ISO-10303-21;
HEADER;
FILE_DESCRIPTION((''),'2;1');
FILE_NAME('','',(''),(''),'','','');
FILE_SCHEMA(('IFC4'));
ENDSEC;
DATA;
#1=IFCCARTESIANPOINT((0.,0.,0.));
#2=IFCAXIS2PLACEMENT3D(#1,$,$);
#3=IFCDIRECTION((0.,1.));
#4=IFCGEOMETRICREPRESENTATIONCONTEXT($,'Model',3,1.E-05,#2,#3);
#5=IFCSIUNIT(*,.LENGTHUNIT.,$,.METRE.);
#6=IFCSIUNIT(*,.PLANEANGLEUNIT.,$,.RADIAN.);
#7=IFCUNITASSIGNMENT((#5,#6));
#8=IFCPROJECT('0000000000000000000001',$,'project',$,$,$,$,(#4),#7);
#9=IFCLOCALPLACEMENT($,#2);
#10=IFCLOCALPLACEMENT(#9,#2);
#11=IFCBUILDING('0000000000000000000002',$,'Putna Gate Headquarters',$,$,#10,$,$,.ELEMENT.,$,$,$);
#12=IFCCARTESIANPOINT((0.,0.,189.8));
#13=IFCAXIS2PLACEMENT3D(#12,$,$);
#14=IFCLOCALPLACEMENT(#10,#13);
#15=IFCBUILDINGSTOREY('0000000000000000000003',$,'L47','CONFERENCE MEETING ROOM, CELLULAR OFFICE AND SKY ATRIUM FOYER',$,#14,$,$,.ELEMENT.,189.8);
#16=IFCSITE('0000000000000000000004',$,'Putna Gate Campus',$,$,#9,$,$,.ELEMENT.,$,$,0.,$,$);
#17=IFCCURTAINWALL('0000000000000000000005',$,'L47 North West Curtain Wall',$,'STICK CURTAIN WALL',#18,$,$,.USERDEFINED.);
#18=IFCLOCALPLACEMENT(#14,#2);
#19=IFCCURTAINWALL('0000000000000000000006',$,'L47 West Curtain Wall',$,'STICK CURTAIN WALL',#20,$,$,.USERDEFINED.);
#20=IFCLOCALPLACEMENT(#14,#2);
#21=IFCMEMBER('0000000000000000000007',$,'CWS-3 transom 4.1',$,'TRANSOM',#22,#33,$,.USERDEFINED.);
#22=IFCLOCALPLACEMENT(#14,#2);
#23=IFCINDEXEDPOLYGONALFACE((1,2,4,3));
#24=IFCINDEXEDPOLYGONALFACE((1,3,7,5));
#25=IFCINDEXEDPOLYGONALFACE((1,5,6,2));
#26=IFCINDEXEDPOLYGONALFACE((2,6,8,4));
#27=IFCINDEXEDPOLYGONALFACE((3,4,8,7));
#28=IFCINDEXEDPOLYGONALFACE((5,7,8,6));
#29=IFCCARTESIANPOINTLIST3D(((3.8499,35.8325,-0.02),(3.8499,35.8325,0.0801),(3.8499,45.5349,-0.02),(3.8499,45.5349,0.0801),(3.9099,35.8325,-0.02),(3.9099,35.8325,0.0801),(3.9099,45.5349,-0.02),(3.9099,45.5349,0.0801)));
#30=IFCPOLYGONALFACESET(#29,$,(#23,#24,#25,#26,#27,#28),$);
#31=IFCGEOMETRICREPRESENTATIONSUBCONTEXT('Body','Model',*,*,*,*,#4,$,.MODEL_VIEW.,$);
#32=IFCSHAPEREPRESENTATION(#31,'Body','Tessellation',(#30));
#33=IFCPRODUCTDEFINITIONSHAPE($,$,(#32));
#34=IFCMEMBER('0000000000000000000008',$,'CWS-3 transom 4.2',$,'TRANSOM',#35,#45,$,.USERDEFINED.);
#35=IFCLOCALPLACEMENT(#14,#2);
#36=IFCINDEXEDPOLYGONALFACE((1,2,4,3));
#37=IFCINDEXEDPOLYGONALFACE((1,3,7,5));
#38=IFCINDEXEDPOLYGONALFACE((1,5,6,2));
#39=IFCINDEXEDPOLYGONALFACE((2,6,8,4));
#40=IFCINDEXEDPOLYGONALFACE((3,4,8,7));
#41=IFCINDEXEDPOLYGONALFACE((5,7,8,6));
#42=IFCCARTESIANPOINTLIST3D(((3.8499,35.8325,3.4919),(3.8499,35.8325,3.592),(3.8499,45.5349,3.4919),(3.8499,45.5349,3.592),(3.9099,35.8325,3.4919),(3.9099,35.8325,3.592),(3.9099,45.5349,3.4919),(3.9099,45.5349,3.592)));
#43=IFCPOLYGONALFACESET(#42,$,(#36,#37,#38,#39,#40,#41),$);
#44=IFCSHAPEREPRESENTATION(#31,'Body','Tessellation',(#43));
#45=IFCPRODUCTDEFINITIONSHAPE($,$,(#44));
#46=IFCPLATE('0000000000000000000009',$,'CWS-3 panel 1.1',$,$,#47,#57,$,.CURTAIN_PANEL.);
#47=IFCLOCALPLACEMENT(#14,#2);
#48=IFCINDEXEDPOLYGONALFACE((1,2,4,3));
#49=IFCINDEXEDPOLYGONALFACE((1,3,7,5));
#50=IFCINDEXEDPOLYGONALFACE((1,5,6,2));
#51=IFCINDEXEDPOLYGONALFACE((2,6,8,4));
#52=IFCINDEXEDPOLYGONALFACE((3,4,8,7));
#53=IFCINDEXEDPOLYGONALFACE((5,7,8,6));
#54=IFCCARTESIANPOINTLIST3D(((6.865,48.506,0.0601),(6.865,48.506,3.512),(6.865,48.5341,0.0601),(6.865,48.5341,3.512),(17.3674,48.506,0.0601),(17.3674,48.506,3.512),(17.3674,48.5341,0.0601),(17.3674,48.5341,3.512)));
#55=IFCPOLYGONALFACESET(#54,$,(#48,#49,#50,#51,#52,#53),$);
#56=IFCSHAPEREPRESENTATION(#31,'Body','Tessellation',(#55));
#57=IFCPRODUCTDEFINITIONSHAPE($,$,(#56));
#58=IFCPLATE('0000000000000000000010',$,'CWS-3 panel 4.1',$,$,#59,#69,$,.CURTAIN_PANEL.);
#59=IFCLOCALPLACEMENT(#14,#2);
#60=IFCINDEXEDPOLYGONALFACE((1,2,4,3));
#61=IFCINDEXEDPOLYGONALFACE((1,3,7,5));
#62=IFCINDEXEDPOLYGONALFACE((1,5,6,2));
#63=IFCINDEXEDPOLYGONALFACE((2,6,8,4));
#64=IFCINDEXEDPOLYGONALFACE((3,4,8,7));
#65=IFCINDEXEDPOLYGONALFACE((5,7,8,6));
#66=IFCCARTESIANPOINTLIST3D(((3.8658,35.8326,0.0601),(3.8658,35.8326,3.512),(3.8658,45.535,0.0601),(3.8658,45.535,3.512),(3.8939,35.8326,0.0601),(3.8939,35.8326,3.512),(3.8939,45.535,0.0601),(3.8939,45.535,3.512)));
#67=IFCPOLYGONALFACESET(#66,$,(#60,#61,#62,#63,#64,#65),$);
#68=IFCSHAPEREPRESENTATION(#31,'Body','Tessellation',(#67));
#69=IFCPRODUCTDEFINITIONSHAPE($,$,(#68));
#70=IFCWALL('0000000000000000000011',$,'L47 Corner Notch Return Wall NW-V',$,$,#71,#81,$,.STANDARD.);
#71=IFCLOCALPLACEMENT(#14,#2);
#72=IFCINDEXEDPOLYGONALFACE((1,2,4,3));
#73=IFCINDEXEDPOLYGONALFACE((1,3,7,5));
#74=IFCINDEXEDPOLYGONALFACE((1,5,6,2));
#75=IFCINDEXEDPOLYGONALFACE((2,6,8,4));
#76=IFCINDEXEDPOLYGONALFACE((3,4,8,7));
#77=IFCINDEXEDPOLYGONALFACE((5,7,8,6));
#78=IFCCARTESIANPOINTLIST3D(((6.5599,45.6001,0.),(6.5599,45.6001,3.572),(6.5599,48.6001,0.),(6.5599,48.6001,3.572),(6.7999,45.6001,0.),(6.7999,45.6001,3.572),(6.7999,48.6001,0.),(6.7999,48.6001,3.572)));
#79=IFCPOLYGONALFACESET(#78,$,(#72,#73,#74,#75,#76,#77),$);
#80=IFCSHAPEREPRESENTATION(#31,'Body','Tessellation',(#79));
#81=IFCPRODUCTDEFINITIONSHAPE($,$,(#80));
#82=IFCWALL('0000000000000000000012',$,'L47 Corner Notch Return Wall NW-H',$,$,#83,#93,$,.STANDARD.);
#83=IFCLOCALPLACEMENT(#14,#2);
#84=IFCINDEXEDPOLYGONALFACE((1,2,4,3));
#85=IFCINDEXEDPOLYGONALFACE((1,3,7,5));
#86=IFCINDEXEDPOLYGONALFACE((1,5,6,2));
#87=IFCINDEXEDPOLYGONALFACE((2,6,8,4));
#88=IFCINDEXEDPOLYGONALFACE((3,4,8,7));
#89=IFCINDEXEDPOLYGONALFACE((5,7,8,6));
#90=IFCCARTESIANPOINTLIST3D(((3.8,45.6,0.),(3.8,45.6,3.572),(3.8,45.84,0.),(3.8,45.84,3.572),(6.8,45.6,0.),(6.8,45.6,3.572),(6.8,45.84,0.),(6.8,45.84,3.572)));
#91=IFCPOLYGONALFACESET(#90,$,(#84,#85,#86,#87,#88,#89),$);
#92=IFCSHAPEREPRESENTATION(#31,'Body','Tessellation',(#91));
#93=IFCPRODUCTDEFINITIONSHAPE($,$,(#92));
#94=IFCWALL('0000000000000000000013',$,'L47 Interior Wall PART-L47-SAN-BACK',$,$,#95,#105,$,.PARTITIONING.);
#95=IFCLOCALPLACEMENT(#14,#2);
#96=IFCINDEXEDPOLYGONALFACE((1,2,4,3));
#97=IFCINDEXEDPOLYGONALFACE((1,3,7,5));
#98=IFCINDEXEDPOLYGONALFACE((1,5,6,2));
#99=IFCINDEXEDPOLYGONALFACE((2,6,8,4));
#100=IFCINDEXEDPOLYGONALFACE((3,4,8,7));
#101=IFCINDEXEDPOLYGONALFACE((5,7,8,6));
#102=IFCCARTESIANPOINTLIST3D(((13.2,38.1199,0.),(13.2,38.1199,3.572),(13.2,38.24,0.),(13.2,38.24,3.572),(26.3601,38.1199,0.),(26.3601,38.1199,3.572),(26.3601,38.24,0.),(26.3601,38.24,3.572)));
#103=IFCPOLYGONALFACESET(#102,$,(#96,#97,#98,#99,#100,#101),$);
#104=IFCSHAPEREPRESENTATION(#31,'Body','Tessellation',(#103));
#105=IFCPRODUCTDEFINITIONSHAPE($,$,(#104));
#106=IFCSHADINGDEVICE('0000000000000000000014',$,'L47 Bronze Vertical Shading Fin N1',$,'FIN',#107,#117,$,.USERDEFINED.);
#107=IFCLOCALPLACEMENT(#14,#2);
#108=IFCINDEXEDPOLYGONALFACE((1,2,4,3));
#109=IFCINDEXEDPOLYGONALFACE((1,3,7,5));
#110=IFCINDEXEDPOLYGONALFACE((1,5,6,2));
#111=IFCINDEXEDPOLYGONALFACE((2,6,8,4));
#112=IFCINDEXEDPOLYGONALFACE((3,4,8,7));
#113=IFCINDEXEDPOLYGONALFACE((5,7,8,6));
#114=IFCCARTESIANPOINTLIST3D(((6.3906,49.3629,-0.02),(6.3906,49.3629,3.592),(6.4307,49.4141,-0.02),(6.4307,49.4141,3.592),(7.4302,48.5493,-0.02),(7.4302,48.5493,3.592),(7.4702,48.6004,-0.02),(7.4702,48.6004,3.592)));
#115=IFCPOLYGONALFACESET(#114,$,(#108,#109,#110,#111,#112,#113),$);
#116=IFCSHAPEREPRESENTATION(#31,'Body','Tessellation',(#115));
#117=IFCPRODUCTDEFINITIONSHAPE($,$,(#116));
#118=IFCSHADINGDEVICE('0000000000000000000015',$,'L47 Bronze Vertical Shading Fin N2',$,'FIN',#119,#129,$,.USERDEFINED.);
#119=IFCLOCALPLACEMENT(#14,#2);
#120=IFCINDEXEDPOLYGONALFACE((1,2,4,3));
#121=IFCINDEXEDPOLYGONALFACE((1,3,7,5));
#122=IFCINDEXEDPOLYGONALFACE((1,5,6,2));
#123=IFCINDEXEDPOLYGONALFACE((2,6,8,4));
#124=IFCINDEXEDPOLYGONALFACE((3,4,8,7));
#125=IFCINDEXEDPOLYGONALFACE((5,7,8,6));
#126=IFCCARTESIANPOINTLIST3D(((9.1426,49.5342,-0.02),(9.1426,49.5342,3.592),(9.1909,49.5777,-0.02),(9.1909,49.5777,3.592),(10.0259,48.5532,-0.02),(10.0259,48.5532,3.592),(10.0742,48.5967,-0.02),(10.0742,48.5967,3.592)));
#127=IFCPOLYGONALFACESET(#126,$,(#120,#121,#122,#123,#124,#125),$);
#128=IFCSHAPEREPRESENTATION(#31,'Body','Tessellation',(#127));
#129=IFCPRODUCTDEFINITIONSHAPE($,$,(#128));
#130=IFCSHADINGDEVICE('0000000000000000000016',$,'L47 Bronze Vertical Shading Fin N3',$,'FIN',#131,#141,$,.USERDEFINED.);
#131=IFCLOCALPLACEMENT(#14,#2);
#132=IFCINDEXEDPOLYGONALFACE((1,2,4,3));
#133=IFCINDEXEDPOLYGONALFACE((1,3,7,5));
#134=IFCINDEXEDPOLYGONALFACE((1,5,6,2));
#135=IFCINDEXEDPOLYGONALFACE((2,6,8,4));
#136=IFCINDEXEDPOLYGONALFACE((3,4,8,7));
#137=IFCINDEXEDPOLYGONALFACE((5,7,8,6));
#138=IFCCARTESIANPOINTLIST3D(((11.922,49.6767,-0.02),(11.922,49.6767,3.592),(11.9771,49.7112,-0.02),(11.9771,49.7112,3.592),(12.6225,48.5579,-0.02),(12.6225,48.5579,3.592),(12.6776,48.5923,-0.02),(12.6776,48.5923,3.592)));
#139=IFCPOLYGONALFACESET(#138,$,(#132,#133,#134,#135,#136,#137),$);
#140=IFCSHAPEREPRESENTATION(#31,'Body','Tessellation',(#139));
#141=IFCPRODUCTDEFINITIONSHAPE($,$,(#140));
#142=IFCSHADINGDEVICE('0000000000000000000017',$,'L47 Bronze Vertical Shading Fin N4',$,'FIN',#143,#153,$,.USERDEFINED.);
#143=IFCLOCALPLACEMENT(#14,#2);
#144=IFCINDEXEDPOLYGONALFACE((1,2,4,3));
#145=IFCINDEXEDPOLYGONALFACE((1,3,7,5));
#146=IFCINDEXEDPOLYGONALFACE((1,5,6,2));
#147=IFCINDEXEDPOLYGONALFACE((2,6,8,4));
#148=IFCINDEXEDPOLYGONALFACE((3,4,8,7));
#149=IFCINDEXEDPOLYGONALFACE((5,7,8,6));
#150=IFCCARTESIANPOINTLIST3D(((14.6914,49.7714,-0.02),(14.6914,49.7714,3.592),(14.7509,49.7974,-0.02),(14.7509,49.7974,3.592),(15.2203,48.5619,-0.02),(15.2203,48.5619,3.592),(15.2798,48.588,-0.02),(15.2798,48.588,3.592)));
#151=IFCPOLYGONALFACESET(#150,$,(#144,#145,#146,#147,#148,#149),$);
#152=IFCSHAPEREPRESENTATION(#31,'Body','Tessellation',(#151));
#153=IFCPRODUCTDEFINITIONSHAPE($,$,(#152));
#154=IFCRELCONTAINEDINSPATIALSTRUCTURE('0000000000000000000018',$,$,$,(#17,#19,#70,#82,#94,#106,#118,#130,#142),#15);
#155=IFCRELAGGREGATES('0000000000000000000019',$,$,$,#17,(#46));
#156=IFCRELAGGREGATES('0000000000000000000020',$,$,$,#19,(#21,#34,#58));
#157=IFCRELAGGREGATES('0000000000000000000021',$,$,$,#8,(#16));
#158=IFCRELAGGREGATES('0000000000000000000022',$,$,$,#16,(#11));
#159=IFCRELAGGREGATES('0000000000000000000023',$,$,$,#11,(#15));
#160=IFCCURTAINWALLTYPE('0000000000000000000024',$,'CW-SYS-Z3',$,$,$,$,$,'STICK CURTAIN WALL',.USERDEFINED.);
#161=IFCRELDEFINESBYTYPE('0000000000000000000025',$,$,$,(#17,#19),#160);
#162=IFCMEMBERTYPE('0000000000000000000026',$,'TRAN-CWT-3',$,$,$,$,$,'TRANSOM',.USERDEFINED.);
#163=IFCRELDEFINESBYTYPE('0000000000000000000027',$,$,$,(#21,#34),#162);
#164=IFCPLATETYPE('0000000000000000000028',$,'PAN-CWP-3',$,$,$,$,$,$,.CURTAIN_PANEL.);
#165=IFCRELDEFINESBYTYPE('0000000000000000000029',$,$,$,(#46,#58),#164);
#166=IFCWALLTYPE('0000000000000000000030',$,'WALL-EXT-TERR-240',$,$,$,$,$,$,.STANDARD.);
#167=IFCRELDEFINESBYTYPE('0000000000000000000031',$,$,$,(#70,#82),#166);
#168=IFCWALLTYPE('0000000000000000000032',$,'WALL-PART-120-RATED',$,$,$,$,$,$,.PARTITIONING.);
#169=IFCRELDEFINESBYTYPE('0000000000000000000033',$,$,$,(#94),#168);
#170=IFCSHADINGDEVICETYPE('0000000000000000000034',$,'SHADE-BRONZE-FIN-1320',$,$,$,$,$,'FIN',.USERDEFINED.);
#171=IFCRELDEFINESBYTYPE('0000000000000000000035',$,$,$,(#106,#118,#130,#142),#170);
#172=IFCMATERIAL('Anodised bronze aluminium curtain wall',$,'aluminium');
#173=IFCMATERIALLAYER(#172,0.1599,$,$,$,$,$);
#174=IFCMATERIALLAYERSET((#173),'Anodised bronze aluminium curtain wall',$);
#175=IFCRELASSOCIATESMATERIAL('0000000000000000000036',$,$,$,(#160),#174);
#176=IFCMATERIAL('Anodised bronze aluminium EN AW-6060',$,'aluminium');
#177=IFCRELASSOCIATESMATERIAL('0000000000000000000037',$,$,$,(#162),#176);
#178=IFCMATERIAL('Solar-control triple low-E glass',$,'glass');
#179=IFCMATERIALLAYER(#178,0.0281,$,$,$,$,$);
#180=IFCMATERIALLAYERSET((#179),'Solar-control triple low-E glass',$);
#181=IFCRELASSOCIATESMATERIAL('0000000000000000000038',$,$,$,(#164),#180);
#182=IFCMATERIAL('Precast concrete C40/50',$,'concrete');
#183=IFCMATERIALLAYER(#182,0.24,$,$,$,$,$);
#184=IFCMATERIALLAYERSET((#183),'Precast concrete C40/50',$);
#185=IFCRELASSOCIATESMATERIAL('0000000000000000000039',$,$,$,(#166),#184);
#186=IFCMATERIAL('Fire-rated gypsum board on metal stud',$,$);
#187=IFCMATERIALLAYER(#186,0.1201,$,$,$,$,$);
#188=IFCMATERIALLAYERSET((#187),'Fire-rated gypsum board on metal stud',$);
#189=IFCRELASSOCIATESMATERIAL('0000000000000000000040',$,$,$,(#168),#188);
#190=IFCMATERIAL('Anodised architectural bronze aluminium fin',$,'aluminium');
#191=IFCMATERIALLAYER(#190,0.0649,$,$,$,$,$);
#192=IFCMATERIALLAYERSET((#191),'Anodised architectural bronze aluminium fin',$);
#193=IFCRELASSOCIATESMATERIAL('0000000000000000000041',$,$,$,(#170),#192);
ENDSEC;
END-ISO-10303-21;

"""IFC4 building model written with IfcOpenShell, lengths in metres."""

from ifc_helpers import new_model, si_unit, direction, frame, frame_2d, origin, origin_2d, place, context, subcontext, project, spatial, rectangle, extrude, material, layer, layer_set, material_profile, profile_set, type_object, element, aggregate, save


model = new_model("IFC4")

# Units and contexts
model_context = context("Model", 3, precision=1e-05, world=origin(), true_north=direction((0.0, 1.0)))
body_context = subcontext(model_context, "Body", "Model", "MODEL_VIEW")
ifc_project = project(units=[si_unit("LENGTHUNIT", "METRE"), si_unit("PLANEANGLEUNIT", "RADIAN")], contexts=[model_context])

# Site, building, storey
site_placement = place(None, origin())
site = spatial("IfcSite", under=ifc_project, at=site_placement, Name="Putna Gate Campus", CompositionType="ELEMENT", RefElevation=0.0)
building_placement = place(site_placement, origin())
building = spatial("IfcBuilding", under=site, at=building_placement, Name="Putna Gate Headquarters", CompositionType="ELEMENT")
storey_placement = place(building_placement, frame((0.0, 0.0, 189.8)))
storey = spatial("IfcBuildingStorey", under=building, at=storey_placement, Name="L47", Description="CONFERENCE MEETING ROOM, CELLULAR OFFICE AND SKY ATRIUM FOYER", CompositionType="ELEMENT", Elevation=189.8)

# Curtain wall
ifc_material_1 = material(Name="Anodised bronze aluminium curtain wall", Category="aluminium")
ifc_layer_1 = layer(ifc_material_1, 0.1599)
ifc_layer_set_1 = layer_set([ifc_layer_1], Name="Anodised bronze aluminium curtain wall")
curtain_wall_type = type_object("IfcCurtainWallType", Name="CW-SYS-Z3", ElementType="STICK CURTAIN WALL", PredefinedType="USERDEFINED", material=ifc_layer_set_1)
curtain_wall_1_placement = place(storey_placement, origin())
curtain_wall_1 = element("IfcCurtainWall", 1, at=curtain_wall_1_placement, inside=storey, type_object=curtain_wall_type, Name="L47 North West Curtain Wall", ObjectType="STICK CURTAIN WALL", PredefinedType="USERDEFINED")
ifc_material_2 = material(Name="Anodised bronze aluminium EN AW-6060", Category="aluminium")

# Curtain wall
curtain_wall_2_placement = place(storey_placement, origin())
curtain_wall_2 = element("IfcCurtainWall", 2, at=curtain_wall_2_placement, inside=storey, type_object=curtain_wall_type, Name="L47 West Curtain Wall", ObjectType="STICK CURTAIN WALL", PredefinedType="USERDEFINED")

# Members
ifc_material_profile_1 = material_profile(ifc_material_2, rectangle(XDim=0.0601, YDim=0.1001, at=origin_2d()), Name="Anodised bronze aluminium EN AW-6060")
ifc_profile_set_1 = profile_set([ifc_material_profile_1], Name="Anodised bronze aluminium EN AW-6060")
member_type_1 = type_object("IfcMemberType", Name="TRAN-CWT-3", ElementType="TRANSOM", PredefinedType="USERDEFINED", material=ifc_profile_set_1)
member_1_placement = place(storey_placement, frame((3.8799, 35.8325, 0.03), z_axis=(0.0, 1.0, 0.0), x_axis=(-1.0, 0.0, 0.0)))
member_1 = element("IfcMember", 3, at=member_1_placement, type_object=member_type_1, Name="CWS-3 transom 4.1", ObjectType="TRANSOM", PredefinedType="USERDEFINED", context=body_context, shape_type="SweptSolid", body=[
    extrude(rectangle(XDim=0.0601, YDim=0.1001, at=origin_2d()), origin(), (0.0, 0.0, 1.0), 9.7024),
])
member_2_placement = place(storey_placement, frame((3.8799, 35.8325, 3.542), z_axis=(0.0, 1.0, 0.0), x_axis=(-1.0, 0.0, 0.0)))
member_2 = element("IfcMember", 4, at=member_2_placement, type_object=member_type_1, Name="CWS-3 transom 4.2", ObjectType="TRANSOM", PredefinedType="USERDEFINED", context=body_context, shape_type="SweptSolid", body=[
    extrude(rectangle(XDim=0.0601, YDim=0.1001, at=origin_2d()), origin(), (0.0, 0.0, 1.0), 9.7024),
])

# Plates
ifc_material_3 = material(Name="Solar-control triple low-E glass", Category="glass")
ifc_layer_2 = layer(ifc_material_3, 0.0281)
ifc_layer_set_2 = layer_set([ifc_layer_2], Name="Solar-control triple low-E glass")
plate_type = type_object("IfcPlateType", Name="PAN-CWP-3", PredefinedType="CURTAIN_PANEL", material=ifc_layer_set_2)
plate_1_placement = place(storey_placement, frame((12.1162, 48.52, 0.0601), z_axis=(0.0, 0.0, 1.0), x_axis=(1.0, 0.0, 0.0)))
plate_1 = element("IfcPlate", 5, at=plate_1_placement, type_object=plate_type, Name="CWS-3 panel 1.1", PredefinedType="CURTAIN_PANEL", context=body_context, shape_type="SweptSolid", body=[
    extrude(rectangle(XDim=10.5024, YDim=0.0281, at=origin_2d()), origin(), (0.0, 0.0, 1.0), 3.4519),
])
aggregate(curtain_wall_1, [plate_1])
plate_2_placement = place(storey_placement, frame((3.8799, 40.6838, 0.0601), z_axis=(0.0, 0.0, 1.0), x_axis=(0.0, 1.0, 0.0)))
plate_2 = element("IfcPlate", 6, at=plate_2_placement, type_object=plate_type, Name="CWS-3 panel 4.1", PredefinedType="CURTAIN_PANEL", context=body_context, shape_type="SweptSolid", body=[
    extrude(rectangle(XDim=9.7024, YDim=0.0281, at=origin_2d()), origin(), (0.0, 0.0, 1.0), 3.4519),
])
aggregate(curtain_wall_2, [member_1, member_2, plate_2])

# Walls
ifc_material_4 = material(Name="Precast concrete C40/50", Category="concrete")
ifc_layer_3 = layer(ifc_material_4, 0.24)
ifc_layer_set_3 = layer_set([ifc_layer_3], Name="Precast concrete C40/50")
wall_type_1 = type_object("IfcWallType", Name="WALL-EXT-TERR-240", PredefinedType="STANDARD", material=ifc_layer_set_3)
for number, where, z_axis, x_axis, name in (
    (7, (6.6799, 45.6001, 0.0), (0.0, 0.0, 1.0), (0.0, 1.0, 0.0), "L47 Corner Notch Return Wall NW-V"),
    (8, (3.8, 45.72, 0.0), (0.0, 0.0, 1.0), (1.0, 0.0, 0.0), "L47 Corner Notch Return Wall NW-H"),
):
    element("IfcWall", number, at=place(storey_placement, frame(where, z_axis=z_axis, x_axis=x_axis)), inside=storey, type_object=wall_type_1, Name=name, PredefinedType="STANDARD", context=body_context, shape_type="SweptSolid", body=[
        extrude(rectangle(XDim=3.0, YDim=0.24, at=frame_2d((1.5, 0.0))), origin(), (0.0, 0.0, 1.0), 3.572),
    ])
ifc_material_5 = material(Name="Fire-rated gypsum board on metal stud")
ifc_layer_4 = layer(ifc_material_5, 0.1201)
ifc_layer_set_4 = layer_set([ifc_layer_4], Name="Fire-rated gypsum board on metal stud")
wall_type_2 = type_object("IfcWallType", Name="WALL-PART-120-RATED", PredefinedType="PARTITIONING", material=ifc_layer_set_4)
wall_placement = place(storey_placement, frame((13.2, 38.1799, 0.0), z_axis=(0.0, 0.0, 1.0), x_axis=(1.0, 0.0, 0.0)))
element("IfcWall", 9, at=wall_placement, inside=storey, type_object=wall_type_2, Name="L47 Interior Wall PART-L47-SAN-BACK", PredefinedType="PARTITIONING", context=body_context, shape_type="SweptSolid", body=[
    extrude(rectangle(XDim=13.1602, YDim=0.1201, at=frame_2d((6.5801, 0.0))), origin(), (0.0, 0.0, 1.0), 3.572),
])

# Shading devices
ifc_material_6 = material(Name="Anodised architectural bronze aluminium fin", Category="aluminium")
ifc_layer_5 = layer(ifc_material_6, 0.0649)
ifc_layer_set_5 = layer_set([ifc_layer_5], Name="Anodised architectural bronze aluminium fin")
shading_device_type = type_object("IfcShadingDeviceType", Name="SHADE-BRONZE-FIN-1320", ElementType="FIN", PredefinedType="USERDEFINED", material=ifc_layer_set_5)
for number, where, z_axis, x_axis, name in (
    (10, (6.9304, 48.9817, -0.02), (0.0, 0.0, 1.0), (-0.787473, 0.616349, 0.0), "L47 Bronze Vertical Shading Fin N1"),
    (11, (9.6084, 49.0654, -0.02), (0.0, 0.0, 1.0), (-0.669131, 0.743145, 0.0), "L47 Bronze Vertical Shading Fin N2"),
    (12, (12.2998, 49.1345, -0.02), (0.0, 0.0, 1.0), (-0.530659, 0.847585, 0.0), "L47 Bronze Vertical Shading Fin N3"),
    (13, (14.9856, 49.1797, -0.02), (0.0, 0.0, 1.0), (-0.400669, 0.916223, 0.0), "L47 Bronze Vertical Shading Fin N4"),
):
    element("IfcShadingDevice", number, at=place(storey_placement, frame(where, z_axis=z_axis, x_axis=x_axis)), inside=storey, type_object=shading_device_type, Name=name, ObjectType="FIN", PredefinedType="USERDEFINED", context=body_context, shape_type="SweptSolid", body=[
        extrude(rectangle(XDim=1.3201, YDim=0.0649, at=origin_2d()), origin(), (0.0, 0.0, 1.0), 3.6121),
    ])

save(model, "model.ifc")
